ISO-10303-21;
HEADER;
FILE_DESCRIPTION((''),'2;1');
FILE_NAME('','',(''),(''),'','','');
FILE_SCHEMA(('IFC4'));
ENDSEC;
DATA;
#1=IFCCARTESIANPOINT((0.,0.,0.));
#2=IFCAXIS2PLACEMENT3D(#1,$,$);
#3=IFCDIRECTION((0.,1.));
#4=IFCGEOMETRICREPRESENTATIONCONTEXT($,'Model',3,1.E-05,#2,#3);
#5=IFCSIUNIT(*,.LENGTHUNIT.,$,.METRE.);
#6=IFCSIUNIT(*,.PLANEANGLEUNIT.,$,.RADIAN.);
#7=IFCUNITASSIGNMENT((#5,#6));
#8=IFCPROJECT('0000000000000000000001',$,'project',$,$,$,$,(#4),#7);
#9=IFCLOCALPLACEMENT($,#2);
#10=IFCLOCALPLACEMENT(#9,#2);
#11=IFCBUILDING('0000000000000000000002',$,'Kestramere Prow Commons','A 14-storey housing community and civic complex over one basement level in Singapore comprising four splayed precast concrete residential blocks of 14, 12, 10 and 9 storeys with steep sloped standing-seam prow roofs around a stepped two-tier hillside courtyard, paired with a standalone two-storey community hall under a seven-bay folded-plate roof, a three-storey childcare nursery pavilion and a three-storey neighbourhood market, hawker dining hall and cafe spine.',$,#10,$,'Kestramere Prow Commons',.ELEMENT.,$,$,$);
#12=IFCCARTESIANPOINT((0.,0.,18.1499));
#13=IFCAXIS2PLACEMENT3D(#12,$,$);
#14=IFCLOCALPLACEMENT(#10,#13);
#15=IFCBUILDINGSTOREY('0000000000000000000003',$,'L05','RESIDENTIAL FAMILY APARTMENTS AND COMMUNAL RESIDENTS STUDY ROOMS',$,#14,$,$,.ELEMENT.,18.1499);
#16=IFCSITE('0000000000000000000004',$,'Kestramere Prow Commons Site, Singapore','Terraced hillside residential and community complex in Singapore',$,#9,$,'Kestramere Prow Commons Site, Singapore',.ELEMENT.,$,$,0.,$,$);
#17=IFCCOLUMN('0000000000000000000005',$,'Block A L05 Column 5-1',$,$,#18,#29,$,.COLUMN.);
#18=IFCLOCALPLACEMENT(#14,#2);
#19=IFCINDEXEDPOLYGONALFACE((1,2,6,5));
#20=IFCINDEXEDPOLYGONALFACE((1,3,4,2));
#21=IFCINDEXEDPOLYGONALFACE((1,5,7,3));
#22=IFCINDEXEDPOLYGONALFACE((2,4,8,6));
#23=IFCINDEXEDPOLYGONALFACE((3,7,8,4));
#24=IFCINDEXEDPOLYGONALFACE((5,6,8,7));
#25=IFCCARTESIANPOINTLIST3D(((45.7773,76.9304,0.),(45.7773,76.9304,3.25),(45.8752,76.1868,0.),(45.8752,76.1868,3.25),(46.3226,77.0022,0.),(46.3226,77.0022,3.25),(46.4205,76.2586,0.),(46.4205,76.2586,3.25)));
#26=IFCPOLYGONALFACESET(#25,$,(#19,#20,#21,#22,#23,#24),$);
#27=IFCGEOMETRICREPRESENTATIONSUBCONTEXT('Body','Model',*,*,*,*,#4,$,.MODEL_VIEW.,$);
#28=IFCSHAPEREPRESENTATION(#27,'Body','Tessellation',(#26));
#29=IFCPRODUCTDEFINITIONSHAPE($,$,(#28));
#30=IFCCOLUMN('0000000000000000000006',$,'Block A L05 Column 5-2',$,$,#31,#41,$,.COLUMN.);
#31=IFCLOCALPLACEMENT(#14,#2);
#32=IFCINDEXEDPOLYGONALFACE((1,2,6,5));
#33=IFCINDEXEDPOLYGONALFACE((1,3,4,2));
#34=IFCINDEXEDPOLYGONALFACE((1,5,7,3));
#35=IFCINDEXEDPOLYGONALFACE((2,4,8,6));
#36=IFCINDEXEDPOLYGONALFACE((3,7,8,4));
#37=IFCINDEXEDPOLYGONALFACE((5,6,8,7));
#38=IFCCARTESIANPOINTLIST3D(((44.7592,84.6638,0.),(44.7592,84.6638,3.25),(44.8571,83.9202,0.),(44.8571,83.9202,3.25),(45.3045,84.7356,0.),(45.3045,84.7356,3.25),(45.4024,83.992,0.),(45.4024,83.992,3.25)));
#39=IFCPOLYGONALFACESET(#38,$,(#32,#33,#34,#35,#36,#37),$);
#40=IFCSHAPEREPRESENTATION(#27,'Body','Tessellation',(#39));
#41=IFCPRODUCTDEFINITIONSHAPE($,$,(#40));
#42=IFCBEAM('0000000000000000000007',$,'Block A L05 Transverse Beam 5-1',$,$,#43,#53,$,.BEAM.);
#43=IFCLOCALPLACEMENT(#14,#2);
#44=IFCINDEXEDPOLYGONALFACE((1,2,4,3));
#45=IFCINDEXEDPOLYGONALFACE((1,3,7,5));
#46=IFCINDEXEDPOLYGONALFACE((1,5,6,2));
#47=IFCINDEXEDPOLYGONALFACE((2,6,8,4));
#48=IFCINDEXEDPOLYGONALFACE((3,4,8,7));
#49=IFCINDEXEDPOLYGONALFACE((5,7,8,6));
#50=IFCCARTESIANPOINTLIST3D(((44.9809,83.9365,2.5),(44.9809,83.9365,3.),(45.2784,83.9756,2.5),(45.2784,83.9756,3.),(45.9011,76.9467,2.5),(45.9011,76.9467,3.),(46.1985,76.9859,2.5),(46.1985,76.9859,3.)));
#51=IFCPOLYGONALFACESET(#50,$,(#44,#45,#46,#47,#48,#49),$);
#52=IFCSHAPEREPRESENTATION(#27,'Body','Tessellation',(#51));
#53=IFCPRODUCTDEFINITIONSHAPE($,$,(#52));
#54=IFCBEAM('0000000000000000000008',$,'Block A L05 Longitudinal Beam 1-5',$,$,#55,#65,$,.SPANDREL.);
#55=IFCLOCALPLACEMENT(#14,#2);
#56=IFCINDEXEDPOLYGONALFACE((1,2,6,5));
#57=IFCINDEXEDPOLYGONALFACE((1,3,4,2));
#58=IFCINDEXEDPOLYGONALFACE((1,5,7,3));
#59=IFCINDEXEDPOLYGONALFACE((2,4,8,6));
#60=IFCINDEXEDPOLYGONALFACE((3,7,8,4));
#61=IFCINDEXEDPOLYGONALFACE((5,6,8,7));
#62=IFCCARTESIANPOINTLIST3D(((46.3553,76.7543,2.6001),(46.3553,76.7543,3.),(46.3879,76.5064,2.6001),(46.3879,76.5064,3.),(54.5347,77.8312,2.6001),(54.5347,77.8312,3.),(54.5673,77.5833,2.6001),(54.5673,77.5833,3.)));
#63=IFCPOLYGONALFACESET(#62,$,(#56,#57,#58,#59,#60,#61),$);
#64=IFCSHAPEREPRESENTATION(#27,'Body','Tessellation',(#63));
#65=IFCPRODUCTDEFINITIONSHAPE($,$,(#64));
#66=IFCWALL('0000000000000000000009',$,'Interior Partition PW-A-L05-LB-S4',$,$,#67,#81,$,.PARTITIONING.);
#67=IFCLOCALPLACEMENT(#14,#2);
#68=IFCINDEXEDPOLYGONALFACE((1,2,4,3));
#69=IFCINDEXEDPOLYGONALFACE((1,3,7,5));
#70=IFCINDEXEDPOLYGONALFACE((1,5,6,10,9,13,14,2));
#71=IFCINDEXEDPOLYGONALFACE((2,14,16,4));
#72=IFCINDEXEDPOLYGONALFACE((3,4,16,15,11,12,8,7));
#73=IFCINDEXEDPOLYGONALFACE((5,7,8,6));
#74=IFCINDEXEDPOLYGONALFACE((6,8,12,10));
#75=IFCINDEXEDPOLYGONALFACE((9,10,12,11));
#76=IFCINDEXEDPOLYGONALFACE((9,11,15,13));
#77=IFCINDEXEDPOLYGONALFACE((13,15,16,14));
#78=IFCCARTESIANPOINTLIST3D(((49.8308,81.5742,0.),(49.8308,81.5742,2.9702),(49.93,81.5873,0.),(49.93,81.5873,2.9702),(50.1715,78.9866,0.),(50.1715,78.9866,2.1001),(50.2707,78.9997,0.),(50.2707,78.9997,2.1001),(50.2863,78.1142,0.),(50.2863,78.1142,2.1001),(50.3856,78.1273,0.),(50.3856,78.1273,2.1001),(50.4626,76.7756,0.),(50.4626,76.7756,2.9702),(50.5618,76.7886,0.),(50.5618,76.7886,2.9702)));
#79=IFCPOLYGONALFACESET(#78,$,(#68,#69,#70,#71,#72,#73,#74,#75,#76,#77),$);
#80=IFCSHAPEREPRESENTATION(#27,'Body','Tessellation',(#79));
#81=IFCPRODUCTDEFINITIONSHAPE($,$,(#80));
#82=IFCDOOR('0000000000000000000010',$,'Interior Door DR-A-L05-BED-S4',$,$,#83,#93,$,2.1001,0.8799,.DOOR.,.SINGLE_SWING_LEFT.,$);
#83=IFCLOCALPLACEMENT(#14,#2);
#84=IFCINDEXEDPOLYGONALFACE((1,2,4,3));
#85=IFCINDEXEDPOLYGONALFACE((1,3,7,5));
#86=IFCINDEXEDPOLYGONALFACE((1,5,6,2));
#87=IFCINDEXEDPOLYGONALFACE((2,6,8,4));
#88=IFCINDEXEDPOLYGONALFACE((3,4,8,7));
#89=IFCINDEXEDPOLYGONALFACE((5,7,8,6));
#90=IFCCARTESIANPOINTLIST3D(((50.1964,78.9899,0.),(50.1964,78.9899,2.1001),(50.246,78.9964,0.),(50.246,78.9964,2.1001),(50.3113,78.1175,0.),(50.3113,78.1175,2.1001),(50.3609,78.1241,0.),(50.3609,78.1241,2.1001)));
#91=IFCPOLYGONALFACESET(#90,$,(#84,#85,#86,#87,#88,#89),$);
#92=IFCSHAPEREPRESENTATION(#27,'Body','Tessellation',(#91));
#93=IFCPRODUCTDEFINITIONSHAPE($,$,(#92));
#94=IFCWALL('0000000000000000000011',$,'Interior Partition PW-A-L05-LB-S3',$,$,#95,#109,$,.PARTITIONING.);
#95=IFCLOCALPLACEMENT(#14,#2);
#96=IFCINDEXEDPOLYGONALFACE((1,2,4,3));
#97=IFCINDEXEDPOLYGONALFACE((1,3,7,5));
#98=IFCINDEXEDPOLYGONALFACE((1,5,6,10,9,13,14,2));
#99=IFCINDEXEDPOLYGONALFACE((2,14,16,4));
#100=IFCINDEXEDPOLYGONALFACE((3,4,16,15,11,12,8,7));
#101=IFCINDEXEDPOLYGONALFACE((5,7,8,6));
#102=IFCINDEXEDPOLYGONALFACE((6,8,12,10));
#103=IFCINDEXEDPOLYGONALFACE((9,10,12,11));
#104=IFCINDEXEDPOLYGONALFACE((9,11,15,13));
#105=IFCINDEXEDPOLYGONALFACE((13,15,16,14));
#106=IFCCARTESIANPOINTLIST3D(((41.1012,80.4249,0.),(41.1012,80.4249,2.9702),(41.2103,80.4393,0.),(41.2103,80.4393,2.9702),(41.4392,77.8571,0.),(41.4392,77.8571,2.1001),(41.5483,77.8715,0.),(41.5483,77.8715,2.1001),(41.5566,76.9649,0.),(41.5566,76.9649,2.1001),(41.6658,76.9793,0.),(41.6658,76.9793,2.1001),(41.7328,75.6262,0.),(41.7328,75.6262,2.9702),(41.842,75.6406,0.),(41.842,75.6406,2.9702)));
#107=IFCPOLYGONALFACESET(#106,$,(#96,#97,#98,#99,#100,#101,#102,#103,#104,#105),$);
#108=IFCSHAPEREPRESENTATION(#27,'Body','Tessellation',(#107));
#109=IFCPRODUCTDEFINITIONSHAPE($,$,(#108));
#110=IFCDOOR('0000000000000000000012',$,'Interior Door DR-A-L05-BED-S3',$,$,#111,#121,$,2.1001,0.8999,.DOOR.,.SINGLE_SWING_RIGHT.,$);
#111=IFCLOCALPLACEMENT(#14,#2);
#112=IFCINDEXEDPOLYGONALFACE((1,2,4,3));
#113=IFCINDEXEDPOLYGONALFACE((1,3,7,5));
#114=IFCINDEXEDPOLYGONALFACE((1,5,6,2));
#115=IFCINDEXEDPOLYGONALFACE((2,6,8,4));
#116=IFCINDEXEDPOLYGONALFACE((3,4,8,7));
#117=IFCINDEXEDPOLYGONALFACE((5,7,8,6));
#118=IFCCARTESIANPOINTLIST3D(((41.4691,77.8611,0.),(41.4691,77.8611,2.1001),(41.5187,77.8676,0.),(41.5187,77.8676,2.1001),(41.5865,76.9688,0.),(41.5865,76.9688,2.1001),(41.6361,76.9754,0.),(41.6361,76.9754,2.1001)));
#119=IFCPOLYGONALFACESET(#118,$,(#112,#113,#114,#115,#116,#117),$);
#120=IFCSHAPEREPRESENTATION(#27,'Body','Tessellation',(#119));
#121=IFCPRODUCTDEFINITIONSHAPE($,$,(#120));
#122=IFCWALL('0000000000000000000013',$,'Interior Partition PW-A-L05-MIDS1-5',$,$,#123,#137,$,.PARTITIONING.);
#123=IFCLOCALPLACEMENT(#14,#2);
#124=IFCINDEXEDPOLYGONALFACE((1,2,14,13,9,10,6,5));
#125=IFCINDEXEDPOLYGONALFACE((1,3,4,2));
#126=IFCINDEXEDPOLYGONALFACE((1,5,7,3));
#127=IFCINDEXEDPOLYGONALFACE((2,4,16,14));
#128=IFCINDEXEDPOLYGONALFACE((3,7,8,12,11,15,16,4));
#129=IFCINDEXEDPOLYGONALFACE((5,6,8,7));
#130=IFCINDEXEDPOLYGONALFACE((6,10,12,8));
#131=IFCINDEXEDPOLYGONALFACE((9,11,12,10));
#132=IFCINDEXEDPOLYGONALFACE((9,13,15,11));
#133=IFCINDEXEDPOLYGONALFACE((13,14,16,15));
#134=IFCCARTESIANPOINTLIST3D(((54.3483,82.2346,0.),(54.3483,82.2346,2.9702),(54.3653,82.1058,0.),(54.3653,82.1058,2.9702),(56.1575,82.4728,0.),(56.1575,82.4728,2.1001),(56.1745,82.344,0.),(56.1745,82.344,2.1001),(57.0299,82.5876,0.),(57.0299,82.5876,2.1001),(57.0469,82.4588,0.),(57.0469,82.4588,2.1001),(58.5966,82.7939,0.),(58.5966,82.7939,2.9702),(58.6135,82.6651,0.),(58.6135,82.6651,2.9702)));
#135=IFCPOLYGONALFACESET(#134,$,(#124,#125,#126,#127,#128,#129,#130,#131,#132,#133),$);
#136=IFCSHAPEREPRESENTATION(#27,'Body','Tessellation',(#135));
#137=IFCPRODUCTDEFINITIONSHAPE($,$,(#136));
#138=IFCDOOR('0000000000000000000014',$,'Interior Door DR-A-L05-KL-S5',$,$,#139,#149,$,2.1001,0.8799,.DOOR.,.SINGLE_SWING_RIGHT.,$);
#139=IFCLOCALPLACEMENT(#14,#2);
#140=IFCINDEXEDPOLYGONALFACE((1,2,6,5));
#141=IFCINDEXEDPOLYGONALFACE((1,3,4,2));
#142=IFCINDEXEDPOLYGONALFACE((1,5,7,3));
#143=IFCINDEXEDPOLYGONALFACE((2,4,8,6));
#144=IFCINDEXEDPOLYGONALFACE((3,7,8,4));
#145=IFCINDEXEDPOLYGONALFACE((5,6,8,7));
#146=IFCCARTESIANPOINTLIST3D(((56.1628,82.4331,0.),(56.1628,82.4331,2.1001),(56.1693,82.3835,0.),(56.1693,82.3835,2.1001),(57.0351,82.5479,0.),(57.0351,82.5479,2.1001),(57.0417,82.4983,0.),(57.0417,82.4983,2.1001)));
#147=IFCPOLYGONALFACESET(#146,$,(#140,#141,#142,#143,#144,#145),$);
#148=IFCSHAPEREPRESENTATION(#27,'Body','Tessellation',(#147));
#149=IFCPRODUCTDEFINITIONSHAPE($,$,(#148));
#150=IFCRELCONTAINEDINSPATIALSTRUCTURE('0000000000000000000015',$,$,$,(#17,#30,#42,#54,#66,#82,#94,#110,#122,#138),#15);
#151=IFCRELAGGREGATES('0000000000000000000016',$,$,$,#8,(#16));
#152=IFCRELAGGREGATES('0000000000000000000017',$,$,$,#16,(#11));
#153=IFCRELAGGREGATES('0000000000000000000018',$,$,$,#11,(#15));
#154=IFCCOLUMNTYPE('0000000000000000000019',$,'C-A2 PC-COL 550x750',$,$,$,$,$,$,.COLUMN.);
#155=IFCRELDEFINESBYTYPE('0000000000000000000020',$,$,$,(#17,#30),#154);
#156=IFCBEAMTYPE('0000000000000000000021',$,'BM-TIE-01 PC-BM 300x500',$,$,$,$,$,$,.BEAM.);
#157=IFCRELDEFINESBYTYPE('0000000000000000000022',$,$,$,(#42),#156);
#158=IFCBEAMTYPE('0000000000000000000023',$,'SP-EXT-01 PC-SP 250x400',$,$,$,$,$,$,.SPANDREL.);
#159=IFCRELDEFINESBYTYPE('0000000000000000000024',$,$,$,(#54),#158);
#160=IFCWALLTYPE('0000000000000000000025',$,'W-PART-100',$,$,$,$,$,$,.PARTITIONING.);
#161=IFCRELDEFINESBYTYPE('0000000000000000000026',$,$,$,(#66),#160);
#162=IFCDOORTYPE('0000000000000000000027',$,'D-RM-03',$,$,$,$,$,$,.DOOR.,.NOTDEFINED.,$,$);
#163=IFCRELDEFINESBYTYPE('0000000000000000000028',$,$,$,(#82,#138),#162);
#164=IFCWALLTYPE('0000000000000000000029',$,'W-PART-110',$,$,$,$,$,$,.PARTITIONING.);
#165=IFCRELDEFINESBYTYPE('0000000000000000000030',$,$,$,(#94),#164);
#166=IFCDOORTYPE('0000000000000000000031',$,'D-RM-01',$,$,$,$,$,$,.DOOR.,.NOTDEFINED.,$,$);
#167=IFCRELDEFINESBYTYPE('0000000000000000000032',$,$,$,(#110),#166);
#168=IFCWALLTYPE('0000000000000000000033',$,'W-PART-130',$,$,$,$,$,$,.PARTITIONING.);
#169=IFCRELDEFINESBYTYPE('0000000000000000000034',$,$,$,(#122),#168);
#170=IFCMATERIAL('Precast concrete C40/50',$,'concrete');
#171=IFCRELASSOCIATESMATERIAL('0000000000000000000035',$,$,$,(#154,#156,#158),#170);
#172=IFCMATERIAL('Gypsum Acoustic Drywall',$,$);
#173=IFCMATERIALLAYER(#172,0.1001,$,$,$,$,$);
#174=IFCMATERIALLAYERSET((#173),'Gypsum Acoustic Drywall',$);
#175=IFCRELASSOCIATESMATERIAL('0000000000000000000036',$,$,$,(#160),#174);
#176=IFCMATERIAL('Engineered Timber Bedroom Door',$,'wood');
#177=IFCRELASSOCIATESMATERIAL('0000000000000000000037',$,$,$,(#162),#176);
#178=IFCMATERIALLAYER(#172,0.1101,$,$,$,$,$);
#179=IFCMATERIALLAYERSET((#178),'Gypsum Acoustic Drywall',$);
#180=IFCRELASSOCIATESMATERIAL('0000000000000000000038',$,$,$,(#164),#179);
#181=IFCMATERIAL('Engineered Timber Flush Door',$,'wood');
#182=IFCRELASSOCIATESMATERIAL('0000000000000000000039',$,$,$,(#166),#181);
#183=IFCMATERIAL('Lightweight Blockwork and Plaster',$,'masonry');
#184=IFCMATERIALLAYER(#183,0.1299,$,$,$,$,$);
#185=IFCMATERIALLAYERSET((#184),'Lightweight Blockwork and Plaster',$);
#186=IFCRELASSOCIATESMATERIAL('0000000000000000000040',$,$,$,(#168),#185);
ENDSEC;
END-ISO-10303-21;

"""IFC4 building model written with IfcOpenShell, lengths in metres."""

from ifc_helpers import new_model, si_unit, direction, frame, frame_2d, origin, origin_2d, place, context, subcontext, project, spatial, rectangle, extrude, material, layer, layer_set, material_profile, profile_set, type_object, element, fill, save


model = new_model("IFC4")

# Units and contexts
model_context = context("Model", 3, precision=1e-05, world=origin(), true_north=direction((0.0, 1.0)))
body_context = subcontext(model_context, "Body", "Model", "MODEL_VIEW")
ifc_project = project(units=[si_unit("LENGTHUNIT", "METRE"), si_unit("PLANEANGLEUNIT", "RADIAN")], contexts=[model_context])

# Site, building, storey
site_placement = place(None, origin())
site = spatial("IfcSite", under=ifc_project, at=site_placement, Name="Kestramere Prow Commons Site, Singapore", Description="Terraced hillside residential and community complex in Singapore", LongName="Kestramere Prow Commons Site, Singapore", CompositionType="ELEMENT", RefElevation=0.0)
building_placement = place(site_placement, origin())
building = spatial("IfcBuilding", under=site, at=building_placement, Name="Kestramere Prow Commons", Description="A 14-storey housing community and civic complex over one basement level in Singapore comprising four splayed precast concrete residential blocks of 14, 12, 10 and 9 storeys with steep sloped standing-seam prow roofs around a stepped two-tier hillside courtyard, paired with a standalone two-storey community hall under a seven-bay folded-plate roof, a three-storey childcare nursery pavilion and a three-storey neighbourhood market, hawker dining hall and cafe spine.", LongName="Kestramere Prow Commons", CompositionType="ELEMENT")
storey_placement = place(building_placement, frame((0.0, 0.0, 18.1499)))
storey = spatial("IfcBuildingStorey", under=building, at=storey_placement, Name="L05", Description="RESIDENTIAL FAMILY APARTMENTS AND COMMUNAL RESIDENTS STUDY ROOMS", CompositionType="ELEMENT", Elevation=18.1499)

# Columns
ifc_material_1 = material(Name="Precast concrete C40/50", Category="concrete")
ifc_material_profile_1 = material_profile(ifc_material_1, rectangle(XDim=0.55, YDim=0.75, at=origin_2d()), Name="PC-COL 550x750")
ifc_profile_set_1 = profile_set([ifc_material_profile_1], Name="Precast concrete C40/50")
column_type = type_object("IfcColumnType", Name="C-A2 PC-COL 550x750", PredefinedType="COLUMN", material=ifc_profile_set_1)
for number, where, z_axis, x_axis, name in (
    (1, (46.0989, 76.5945, 0.0), (0.0, 0.0, 1.0), (0.991445, 0.130526, 0.0), "Block A L05 Column 5-1"),
    (2, (45.0808, 84.3279, 0.0), (0.0, 0.0, 1.0), (0.991445, 0.130526, 0.0), "Block A L05 Column 5-2"),
):
    element("IfcColumn", number, at=place(storey_placement, frame(where, z_axis=z_axis, x_axis=x_axis)), inside=storey, type_object=column_type, Name=name, PredefinedType="COLUMN", context=body_context, shape_type="SweptSolid", body=[
        extrude(rectangle(XDim=0.55, YDim=0.75, at=origin_2d()), origin(), (0.0, 0.0, 1.0), 3.25),
    ])

# Beams
ifc_material_profile_2 = material_profile(ifc_material_1, rectangle(XDim=0.3, YDim=0.5, at=origin_2d()), Name="PC-BM 300x500")
ifc_profile_set_2 = profile_set([ifc_material_profile_2], Name="Precast concrete C40/50")
beam_type_1 = type_object("IfcBeamType", Name="BM-TIE-01 PC-BM 300x500", PredefinedType="BEAM", material=ifc_profile_set_2)
beam_1_placement = place(storey_placement, frame((46.0498, 76.9663, 2.75), z_axis=(-0.130519, 0.991446, 0.0), x_axis=(-0.991446, -0.130519, 0.0)))
element("IfcBeam", 3, at=beam_1_placement, inside=storey, type_object=beam_type_1, Name="Block A L05 Transverse Beam 5-1", PredefinedType="BEAM", context=body_context, shape_type="SweptSolid", body=[
    extrude(rectangle(XDim=0.3, YDim=0.5, at=origin_2d()), origin(), (0.0, 0.0, 1.0), 7.05),
])
ifc_material_profile_3 = material_profile(ifc_material_1, rectangle(XDim=0.25, YDim=0.3999, at=origin_2d()), Name="PC-SP 250x400")
ifc_profile_set_3 = profile_set([ifc_material_profile_3], Name="Precast concrete C40/50")
beam_type_2 = type_object("IfcBeamType", Name="SP-EXT-01 PC-SP 250x400", PredefinedType="SPANDREL", material=ifc_profile_set_3)
beam_2_placement = place(storey_placement, frame((46.3716, 76.6304, 2.8), z_axis=(0.991444, 0.130533, 0.0), x_axis=(-0.130533, 0.991444, 0.0)))
element("IfcBeam", 4, at=beam_2_placement, inside=storey, type_object=beam_type_2, Name="Block A L05 Longitudinal Beam 1-5", PredefinedType="SPANDREL", context=body_context, shape_type="SweptSolid", body=[
    extrude(rectangle(XDim=0.25, YDim=0.3999, at=origin_2d()), origin(), (0.0, 0.0, 1.0), 8.25),
])

# Walls, openings, doors
ifc_material_2 = material(Name="Gypsum Acoustic Drywall")
ifc_layer_1 = layer(ifc_material_2, 0.1001)
ifc_layer_set_1 = layer_set([ifc_layer_1], Name="Gypsum Acoustic Drywall")
wall_type_1 = type_object("IfcWallType", Name="W-PART-100", PredefinedType="PARTITIONING", material=ifc_layer_set_1)
wall_1_placement = place(storey_placement, frame((50.5122, 76.7822, 0.0), z_axis=(0.0, 0.0, 1.0), x_axis=(-0.130545, 0.991442, 0.0)))
wall_1 = element("IfcWall", 5, at=wall_1_placement, inside=storey, type_object=wall_type_1, Name="Interior Partition PW-A-L05-LB-S4", PredefinedType="PARTITIONING", context=body_context, shape_type="SweptSolid", body=[
    extrude(rectangle(XDim=4.8401, YDim=0.1001, at=frame_2d((2.4199, 0.0))), origin(), (0.0, 0.0, 1.0), 2.9702),
])
opening_1_placement = place(wall_1_placement, frame((1.3501, 0.0, 0.0)))
opening_1 = element("IfcOpeningElement", 6, at=opening_1_placement, cuts=wall_1, PredefinedType="OPENING", context=body_context, shape_type="SweptSolid", body=[
    extrude(rectangle(XDim=0.8799, YDim=2.1001, at=frame_2d((0.4399, 1.05))), frame((0.0, 0.0649, 0.0), z_axis=(0.0, -1.0, 0.0), x_axis=(1.0, 0.0, 0.0)), (0.0, 0.0, 1.0), 0.1301),
])
ifc_material_3 = material(Name="Engineered Timber Bedroom Door", Category="wood")
door_type_1 = type_object("IfcDoorType", Name="D-RM-03", OperationType="NOTDEFINED", PredefinedType="DOOR", material=ifc_material_3)
door_1_placement = place(opening_1_placement, origin())
door_1 = element("IfcDoor", 7, at=door_1_placement, inside=storey, type_object=door_type_1, Name="Interior Door DR-A-L05-BED-S4", OperationType="SINGLE_SWING_LEFT", OverallHeight=2.1001, OverallWidth=0.8799, PredefinedType="DOOR", context=body_context, shape_type="SweptSolid", body=[
    extrude(rectangle(XDim=0.8799, YDim=2.1001, at=frame_2d((0.4399, 1.05))), frame((0.0, 0.0249, 0.0), z_axis=(0.0, -1.0, 0.0), x_axis=(1.0, 0.0, 0.0)), (0.0, 0.0, 1.0), 0.05),
])
fill(opening_1, door_1)
ifc_layer_2 = layer(ifc_material_2, 0.1101)
ifc_layer_set_2 = layer_set([ifc_layer_2], Name="Gypsum Acoustic Drywall")
wall_type_2 = type_object("IfcWallType", Name="W-PART-110", PredefinedType="PARTITIONING", material=ifc_layer_set_2)
wall_2_placement = place(storey_placement, frame((41.7874, 75.6335, 0.0), z_axis=(0.0, 0.0, 1.0), x_axis=(-0.130495, 0.991449, 0.0)))
wall_2 = element("IfcWall", 8, at=wall_2_placement, inside=storey, type_object=wall_type_2, Name="Interior Partition PW-A-L05-LB-S3", PredefinedType="PARTITIONING", context=body_context, shape_type="SweptSolid", body=[
    extrude(rectangle(XDim=4.8401, YDim=0.1101, at=frame_2d((2.4199, 0.0))), origin(), (0.0, 0.0, 1.0), 2.9702),
])
opening_2_placement = place(wall_2_placement, frame((1.3501, 0.0, 0.0)))
opening_2 = element("IfcOpeningElement", 9, at=opening_2_placement, cuts=wall_2, PredefinedType="OPENING", context=body_context, shape_type="SweptSolid", body=[
    extrude(rectangle(XDim=0.8999, YDim=2.1001, at=frame_2d((0.45, 1.05))), frame((0.0, 0.0701, 0.0), z_axis=(0.0, -1.0, 0.0), x_axis=(1.0, 0.0, 0.0)), (0.0, 0.0, 1.0), 0.1401),
])
ifc_material_4 = material(Name="Engineered Timber Flush Door", Category="wood")
door_type_2 = type_object("IfcDoorType", Name="D-RM-01", OperationType="NOTDEFINED", PredefinedType="DOOR", material=ifc_material_4)
door_2_placement = place(opening_2_placement, origin())
door_2 = element("IfcDoor", 10, at=door_2_placement, inside=storey, type_object=door_type_2, Name="Interior Door DR-A-L05-BED-S3", OperationType="SINGLE_SWING_RIGHT", OverallHeight=2.1001, OverallWidth=0.8999, PredefinedType="DOOR", context=body_context, shape_type="SweptSolid", body=[
    extrude(rectangle(XDim=0.8999, YDim=2.1001, at=frame_2d((0.45, 1.05))), frame((0.0, 0.0249, 0.0), z_axis=(0.0, -1.0, 0.0), x_axis=(1.0, 0.0, 0.0)), (0.0, 0.0, 1.0), 0.05),
])
fill(opening_2, door_2)
ifc_material_5 = material(Name="Lightweight Blockwork and Plaster", Category="masonry")
ifc_layer_3 = layer(ifc_material_5, 0.1299)
ifc_layer_set_3 = layer_set([ifc_layer_3], Name="Lightweight Blockwork and Plaster")
wall_type_3 = type_object("IfcWallType", Name="W-PART-130", PredefinedType="PARTITIONING", material=ifc_layer_set_3)
wall_3_placement = place(storey_placement, frame((54.3567, 82.1702, 0.0), z_axis=(0.0, 0.0, 1.0), x_axis=(0.991444, 0.130533, 0.0)))
wall_3 = element("IfcWall", 11, at=wall_3_placement, inside=storey, type_object=wall_type_3, Name="Interior Partition PW-A-L05-MIDS1-5", PredefinedType="PARTITIONING", context=body_context, shape_type="SweptSolid", body=[
    extrude(rectangle(XDim=4.2849, YDim=0.1299, at=frame_2d((2.1426, 0.0))), origin(), (0.0, 0.0, 1.0), 2.9702),
])
opening_3_placement = place(wall_3_placement, frame((1.825, 0.0, 0.0)))
opening_3 = element("IfcOpeningElement", 12, at=opening_3_placement, cuts=wall_3, PredefinedType="OPENING", context=body_context, shape_type="SweptSolid", body=[
    extrude(rectangle(XDim=0.8799, YDim=2.1001, at=frame_2d((0.4399, 1.05))), frame((0.0, 0.0798, 0.0), z_axis=(0.0, -1.0, 0.0), x_axis=(1.0, 0.0, 0.0)), (0.0, 0.0, 1.0), 0.1599),
])
door_3_placement = place(opening_3_placement, origin())
door_3 = element("IfcDoor", 13, at=door_3_placement, inside=storey, type_object=door_type_1, Name="Interior Door DR-A-L05-KL-S5", OperationType="SINGLE_SWING_RIGHT", OverallHeight=2.1001, OverallWidth=0.8799, PredefinedType="DOOR", context=body_context, shape_type="SweptSolid", body=[
    extrude(rectangle(XDim=0.8799, YDim=2.1001, at=frame_2d((0.4399, 1.05))), frame((0.0, 0.0249, 0.0), z_axis=(0.0, -1.0, 0.0), x_axis=(1.0, 0.0, 0.0)), (0.0, 0.0, 1.0), 0.05),
])
fill(opening_3, door_3)

save(model, "model.ifc")
